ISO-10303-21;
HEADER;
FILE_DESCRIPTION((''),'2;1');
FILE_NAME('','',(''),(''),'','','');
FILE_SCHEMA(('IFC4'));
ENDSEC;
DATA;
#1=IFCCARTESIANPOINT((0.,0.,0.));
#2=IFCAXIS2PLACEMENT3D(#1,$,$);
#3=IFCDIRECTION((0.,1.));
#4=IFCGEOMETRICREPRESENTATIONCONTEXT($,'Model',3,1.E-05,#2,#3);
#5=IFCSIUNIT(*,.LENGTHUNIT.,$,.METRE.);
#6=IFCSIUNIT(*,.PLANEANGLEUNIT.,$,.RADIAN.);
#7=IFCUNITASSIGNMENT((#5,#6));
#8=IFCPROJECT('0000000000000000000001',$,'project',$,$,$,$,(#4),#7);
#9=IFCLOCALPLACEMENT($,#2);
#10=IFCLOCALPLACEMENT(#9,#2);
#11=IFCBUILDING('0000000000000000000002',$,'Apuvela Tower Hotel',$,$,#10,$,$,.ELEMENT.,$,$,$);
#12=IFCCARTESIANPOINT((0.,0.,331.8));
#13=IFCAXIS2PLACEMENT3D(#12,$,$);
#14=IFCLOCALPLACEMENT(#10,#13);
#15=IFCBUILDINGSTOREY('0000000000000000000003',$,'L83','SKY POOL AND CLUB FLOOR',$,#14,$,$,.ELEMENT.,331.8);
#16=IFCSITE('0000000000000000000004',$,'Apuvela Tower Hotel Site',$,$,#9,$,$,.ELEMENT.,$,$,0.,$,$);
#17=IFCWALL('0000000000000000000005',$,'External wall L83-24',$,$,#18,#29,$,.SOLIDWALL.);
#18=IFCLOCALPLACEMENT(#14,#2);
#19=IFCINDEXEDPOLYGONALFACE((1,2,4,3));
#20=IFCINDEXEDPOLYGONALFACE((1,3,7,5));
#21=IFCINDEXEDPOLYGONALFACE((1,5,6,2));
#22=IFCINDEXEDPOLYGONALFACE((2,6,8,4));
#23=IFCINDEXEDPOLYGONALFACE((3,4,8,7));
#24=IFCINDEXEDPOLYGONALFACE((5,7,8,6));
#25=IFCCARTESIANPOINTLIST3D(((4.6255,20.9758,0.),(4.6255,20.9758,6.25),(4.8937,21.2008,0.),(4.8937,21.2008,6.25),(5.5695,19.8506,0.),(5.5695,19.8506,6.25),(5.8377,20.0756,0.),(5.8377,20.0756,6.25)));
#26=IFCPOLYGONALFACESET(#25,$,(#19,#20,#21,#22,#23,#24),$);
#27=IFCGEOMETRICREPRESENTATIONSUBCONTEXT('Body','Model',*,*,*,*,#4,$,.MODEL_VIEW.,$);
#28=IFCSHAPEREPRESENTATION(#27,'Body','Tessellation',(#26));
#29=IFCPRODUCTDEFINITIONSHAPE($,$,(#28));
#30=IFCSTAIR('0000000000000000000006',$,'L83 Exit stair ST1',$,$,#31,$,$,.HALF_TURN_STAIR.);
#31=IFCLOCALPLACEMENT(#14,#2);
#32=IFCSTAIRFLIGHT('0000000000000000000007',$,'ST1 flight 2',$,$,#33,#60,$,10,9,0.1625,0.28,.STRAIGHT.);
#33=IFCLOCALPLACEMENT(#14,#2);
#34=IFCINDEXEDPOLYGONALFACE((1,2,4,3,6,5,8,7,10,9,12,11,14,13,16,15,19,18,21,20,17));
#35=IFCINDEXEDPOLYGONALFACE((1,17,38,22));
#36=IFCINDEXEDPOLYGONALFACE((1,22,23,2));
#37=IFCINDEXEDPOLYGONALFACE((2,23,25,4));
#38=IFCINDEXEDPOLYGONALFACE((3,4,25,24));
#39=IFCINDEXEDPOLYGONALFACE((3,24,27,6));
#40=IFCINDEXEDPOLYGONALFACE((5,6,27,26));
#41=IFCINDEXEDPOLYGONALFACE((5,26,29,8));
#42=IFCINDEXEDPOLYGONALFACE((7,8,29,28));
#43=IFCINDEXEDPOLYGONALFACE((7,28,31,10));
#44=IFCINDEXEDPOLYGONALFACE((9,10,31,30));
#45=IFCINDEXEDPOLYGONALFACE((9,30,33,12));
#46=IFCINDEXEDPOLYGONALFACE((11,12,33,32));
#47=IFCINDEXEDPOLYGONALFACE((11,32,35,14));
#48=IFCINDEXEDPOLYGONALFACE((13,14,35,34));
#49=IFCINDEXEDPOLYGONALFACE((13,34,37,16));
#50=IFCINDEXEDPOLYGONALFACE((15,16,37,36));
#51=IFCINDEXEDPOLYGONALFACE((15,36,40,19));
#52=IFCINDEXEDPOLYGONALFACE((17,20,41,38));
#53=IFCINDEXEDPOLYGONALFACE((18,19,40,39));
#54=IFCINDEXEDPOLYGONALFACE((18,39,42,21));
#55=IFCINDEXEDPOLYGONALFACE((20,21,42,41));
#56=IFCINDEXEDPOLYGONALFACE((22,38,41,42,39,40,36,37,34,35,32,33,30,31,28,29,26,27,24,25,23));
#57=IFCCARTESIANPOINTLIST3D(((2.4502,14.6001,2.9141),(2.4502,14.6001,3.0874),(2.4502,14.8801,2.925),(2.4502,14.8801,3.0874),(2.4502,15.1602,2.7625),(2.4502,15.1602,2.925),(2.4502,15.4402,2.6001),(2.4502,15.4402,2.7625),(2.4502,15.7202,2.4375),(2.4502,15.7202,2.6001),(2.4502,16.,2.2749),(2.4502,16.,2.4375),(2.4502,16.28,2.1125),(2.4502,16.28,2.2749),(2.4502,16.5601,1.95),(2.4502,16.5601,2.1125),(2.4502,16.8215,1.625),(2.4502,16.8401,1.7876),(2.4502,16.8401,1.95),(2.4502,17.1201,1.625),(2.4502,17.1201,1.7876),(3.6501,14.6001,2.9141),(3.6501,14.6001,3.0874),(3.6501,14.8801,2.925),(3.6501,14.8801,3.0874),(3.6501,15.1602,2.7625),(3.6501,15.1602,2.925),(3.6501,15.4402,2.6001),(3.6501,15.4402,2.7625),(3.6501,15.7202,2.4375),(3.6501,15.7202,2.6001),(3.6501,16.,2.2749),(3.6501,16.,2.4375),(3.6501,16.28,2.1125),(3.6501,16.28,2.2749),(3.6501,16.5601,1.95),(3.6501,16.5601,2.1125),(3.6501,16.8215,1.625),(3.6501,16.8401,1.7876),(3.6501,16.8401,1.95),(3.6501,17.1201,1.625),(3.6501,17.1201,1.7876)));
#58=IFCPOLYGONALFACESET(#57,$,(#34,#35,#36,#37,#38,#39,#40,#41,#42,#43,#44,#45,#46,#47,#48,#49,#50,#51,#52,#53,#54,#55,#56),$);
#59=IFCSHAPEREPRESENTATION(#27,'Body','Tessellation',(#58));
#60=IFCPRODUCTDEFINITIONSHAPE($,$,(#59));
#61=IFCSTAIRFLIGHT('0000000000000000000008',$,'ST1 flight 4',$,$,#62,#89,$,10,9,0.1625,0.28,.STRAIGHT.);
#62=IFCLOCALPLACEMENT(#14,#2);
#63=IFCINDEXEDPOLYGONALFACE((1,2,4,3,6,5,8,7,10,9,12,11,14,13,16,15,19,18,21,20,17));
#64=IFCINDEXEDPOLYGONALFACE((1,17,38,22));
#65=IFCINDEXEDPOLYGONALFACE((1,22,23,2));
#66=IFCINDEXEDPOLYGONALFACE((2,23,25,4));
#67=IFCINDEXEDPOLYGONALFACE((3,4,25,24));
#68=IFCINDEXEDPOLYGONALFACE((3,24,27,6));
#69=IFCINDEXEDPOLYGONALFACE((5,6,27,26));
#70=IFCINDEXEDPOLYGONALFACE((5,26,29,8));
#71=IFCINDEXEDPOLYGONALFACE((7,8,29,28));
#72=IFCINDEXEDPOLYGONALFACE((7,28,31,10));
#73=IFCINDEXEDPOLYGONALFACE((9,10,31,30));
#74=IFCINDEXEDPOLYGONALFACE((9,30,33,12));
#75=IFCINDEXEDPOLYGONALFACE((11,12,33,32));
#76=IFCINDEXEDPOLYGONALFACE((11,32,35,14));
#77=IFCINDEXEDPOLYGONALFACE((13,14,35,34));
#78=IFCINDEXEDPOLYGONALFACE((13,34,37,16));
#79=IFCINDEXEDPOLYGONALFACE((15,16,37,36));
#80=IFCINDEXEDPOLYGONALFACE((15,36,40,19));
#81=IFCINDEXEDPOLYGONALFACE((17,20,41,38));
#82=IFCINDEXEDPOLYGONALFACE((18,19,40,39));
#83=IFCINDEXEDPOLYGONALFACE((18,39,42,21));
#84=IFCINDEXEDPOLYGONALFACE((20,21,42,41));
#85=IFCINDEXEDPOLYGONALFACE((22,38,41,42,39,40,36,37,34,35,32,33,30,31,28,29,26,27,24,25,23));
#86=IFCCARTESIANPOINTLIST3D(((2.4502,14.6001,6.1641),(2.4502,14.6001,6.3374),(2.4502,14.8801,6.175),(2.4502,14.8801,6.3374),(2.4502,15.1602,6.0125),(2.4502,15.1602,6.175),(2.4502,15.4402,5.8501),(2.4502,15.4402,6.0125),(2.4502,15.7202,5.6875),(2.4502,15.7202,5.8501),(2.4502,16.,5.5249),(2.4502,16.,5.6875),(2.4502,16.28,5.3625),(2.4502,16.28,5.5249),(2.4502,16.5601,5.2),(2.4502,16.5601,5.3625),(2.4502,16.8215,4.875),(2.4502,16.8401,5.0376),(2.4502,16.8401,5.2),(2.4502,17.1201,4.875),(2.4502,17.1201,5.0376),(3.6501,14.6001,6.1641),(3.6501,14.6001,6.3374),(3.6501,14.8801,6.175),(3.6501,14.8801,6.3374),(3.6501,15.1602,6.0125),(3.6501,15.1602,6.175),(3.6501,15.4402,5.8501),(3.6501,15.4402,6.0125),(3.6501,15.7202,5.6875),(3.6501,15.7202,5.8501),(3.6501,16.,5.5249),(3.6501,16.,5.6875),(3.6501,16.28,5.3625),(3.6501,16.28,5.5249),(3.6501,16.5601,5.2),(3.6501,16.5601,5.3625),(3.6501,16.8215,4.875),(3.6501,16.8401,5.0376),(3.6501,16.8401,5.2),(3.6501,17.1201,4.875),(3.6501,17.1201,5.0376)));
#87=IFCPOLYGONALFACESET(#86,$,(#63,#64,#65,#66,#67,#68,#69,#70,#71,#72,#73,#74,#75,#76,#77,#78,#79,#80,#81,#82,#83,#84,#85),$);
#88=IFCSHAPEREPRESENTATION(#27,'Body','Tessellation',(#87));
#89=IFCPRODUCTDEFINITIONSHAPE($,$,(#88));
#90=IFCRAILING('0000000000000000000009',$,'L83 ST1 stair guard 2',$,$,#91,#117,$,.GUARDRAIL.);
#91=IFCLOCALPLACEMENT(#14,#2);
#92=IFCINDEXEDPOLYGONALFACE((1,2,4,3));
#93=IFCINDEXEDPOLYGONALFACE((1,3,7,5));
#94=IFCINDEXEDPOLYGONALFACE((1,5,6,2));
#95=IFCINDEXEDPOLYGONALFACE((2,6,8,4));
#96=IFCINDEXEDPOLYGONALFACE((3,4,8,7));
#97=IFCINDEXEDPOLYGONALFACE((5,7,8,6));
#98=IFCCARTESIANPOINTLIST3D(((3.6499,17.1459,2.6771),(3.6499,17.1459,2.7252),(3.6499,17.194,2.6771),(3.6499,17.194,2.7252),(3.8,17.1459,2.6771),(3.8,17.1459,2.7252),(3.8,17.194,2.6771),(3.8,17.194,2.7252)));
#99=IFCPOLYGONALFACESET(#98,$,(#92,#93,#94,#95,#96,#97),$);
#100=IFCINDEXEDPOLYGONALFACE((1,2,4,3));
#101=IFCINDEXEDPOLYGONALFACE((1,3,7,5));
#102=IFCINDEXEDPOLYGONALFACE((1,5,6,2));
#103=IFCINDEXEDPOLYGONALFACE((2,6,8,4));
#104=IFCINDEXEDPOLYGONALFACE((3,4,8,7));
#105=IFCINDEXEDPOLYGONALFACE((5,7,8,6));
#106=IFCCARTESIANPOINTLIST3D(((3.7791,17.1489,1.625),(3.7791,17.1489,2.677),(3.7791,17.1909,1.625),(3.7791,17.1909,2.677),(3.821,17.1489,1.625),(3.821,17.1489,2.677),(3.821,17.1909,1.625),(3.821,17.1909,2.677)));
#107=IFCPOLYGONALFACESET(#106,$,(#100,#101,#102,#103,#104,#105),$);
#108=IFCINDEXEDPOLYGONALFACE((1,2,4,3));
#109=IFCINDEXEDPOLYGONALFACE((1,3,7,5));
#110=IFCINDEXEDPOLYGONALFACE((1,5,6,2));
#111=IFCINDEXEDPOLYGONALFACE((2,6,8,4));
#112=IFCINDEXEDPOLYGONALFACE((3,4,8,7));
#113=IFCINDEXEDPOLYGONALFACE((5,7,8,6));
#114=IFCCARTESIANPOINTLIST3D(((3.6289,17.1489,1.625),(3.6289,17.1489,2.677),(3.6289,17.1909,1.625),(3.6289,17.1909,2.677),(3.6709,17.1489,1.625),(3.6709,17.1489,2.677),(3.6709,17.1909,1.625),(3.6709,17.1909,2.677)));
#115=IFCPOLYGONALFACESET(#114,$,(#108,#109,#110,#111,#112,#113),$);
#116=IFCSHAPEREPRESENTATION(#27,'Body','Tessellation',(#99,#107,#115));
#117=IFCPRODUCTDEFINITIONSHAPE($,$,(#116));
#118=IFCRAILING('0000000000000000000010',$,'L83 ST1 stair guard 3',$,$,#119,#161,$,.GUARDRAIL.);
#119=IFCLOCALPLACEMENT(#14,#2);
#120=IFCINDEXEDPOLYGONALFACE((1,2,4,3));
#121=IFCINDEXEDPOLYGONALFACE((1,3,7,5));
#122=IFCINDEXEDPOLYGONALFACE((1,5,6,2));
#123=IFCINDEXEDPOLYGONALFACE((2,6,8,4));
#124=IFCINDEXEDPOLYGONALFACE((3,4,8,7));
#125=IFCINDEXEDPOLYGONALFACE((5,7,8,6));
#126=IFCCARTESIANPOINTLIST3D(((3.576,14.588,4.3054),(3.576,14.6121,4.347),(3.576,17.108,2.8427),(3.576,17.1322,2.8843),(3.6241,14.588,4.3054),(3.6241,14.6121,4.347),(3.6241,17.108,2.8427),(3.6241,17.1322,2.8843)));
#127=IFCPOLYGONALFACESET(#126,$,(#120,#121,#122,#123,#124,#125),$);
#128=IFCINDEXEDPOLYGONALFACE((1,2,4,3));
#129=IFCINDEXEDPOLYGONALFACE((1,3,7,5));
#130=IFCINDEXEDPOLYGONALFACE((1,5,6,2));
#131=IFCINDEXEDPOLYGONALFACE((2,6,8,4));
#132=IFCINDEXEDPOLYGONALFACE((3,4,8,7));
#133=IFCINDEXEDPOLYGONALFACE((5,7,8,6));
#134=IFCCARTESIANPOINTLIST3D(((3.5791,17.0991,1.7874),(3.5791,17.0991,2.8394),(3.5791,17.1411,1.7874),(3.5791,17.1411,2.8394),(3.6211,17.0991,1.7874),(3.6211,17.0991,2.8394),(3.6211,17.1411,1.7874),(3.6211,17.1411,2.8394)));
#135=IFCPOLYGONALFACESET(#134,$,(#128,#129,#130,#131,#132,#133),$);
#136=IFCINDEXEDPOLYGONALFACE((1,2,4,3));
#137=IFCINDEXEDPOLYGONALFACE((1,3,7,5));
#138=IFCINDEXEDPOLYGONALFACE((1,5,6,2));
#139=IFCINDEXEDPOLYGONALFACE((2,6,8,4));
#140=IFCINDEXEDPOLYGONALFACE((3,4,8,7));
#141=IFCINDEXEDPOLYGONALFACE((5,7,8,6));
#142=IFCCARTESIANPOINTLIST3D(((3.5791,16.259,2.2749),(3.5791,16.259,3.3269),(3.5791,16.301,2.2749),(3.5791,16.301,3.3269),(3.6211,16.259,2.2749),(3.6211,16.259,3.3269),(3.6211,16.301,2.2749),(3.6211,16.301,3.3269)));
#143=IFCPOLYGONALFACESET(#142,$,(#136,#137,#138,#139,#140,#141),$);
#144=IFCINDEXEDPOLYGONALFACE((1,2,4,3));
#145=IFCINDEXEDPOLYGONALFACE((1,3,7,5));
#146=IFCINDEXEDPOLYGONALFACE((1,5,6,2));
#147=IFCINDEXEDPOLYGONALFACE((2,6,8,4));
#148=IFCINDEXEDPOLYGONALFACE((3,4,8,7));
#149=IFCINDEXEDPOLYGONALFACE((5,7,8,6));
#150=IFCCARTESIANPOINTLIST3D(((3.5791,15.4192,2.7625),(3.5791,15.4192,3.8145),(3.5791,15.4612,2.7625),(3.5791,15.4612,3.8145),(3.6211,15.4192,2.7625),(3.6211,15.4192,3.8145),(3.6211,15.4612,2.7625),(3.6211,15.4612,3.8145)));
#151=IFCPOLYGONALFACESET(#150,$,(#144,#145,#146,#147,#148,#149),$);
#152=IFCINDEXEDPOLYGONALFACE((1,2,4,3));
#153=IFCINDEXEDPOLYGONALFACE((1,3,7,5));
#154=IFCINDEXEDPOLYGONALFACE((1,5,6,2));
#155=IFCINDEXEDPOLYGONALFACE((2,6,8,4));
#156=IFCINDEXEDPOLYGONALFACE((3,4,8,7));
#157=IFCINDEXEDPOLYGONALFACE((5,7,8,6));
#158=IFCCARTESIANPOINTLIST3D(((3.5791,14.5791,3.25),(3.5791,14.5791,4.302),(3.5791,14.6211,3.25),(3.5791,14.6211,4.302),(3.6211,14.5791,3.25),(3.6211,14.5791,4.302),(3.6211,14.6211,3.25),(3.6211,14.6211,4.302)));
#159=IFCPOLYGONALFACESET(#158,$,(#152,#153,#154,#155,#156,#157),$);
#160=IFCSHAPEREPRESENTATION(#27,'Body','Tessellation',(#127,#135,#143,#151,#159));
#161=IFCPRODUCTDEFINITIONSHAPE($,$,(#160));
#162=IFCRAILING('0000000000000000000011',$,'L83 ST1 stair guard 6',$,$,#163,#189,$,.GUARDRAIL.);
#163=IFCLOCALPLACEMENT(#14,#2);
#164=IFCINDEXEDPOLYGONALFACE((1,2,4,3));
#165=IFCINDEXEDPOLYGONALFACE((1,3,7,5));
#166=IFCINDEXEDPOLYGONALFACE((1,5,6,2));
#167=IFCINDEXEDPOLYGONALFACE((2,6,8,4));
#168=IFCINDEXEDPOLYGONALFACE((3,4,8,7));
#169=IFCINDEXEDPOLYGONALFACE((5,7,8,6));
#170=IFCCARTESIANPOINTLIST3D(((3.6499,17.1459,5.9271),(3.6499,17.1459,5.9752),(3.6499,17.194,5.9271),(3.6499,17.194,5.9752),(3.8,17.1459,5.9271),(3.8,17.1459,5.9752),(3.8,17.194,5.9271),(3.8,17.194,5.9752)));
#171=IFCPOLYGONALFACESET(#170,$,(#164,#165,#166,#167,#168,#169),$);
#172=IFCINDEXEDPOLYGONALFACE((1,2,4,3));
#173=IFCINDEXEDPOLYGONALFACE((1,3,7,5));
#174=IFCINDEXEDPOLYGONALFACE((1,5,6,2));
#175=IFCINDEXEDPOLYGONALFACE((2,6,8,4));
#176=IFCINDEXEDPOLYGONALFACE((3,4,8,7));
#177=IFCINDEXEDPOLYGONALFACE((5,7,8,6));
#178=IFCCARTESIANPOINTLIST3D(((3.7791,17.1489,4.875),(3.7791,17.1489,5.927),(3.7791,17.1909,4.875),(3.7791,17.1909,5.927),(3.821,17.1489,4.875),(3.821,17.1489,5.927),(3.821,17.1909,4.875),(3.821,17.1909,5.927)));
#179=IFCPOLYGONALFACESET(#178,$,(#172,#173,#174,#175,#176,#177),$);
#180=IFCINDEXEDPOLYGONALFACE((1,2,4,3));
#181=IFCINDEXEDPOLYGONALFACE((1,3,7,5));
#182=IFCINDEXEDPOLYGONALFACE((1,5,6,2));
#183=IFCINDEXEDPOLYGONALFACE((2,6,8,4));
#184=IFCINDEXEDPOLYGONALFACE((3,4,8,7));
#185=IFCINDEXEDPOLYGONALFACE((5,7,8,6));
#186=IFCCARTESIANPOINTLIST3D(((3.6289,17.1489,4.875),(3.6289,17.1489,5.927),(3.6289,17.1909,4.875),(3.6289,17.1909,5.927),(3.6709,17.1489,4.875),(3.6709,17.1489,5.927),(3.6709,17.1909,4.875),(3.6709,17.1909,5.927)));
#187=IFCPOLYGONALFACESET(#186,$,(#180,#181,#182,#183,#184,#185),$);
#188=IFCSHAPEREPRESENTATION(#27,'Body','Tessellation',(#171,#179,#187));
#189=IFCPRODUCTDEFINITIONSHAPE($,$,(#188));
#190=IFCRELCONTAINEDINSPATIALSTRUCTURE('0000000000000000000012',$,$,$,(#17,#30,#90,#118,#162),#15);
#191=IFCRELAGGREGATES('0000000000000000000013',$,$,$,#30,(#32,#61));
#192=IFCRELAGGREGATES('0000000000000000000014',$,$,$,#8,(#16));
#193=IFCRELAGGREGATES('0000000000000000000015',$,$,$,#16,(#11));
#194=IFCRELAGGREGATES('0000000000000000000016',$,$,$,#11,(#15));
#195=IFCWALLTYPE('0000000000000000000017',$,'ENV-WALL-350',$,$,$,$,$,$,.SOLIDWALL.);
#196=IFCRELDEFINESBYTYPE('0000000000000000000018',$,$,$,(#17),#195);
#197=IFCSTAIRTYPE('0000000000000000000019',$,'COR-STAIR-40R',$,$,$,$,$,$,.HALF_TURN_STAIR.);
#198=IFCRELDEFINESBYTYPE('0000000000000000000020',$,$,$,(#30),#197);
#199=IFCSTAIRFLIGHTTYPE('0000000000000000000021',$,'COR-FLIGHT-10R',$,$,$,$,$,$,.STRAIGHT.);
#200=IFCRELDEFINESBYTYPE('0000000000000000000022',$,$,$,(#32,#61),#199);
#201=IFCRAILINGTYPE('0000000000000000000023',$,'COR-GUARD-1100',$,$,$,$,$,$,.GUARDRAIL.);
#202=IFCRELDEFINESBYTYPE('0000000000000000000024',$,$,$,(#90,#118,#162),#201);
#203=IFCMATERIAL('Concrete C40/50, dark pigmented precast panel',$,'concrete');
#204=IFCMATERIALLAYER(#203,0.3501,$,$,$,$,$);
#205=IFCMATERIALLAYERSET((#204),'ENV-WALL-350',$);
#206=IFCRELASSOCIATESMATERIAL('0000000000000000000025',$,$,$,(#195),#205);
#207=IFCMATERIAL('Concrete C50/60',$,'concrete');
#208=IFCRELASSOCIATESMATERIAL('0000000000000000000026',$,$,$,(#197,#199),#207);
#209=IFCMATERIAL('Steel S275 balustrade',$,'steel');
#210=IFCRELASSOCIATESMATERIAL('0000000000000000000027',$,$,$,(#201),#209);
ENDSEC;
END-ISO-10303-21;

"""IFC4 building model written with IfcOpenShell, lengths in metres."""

from ifc_helpers import new_model, si_unit, direction, frame, frame_2d, origin, origin_2d, place, context, subcontext, project, spatial, polyline, rectangle, outline, extrude, material, layer, layer_set, type_object, element, aggregate, save


model = new_model("IFC4")

# Units and contexts
model_context = context("Model", 3, precision=1e-05, world=origin(), true_north=direction((0.0, 1.0)))
body_context = subcontext(model_context, "Body", "Model", "MODEL_VIEW")
ifc_project = project(units=[si_unit("LENGTHUNIT", "METRE"), si_unit("PLANEANGLEUNIT", "RADIAN")], contexts=[model_context])

# Site, building, storey
site_placement = place(None, origin())
site = spatial("IfcSite", under=ifc_project, at=site_placement, Name="Apuvela Tower Hotel Site", CompositionType="ELEMENT", RefElevation=0.0)
building_placement = place(site_placement, origin())
building = spatial("IfcBuilding", under=site, at=building_placement, Name="Apuvela Tower Hotel", CompositionType="ELEMENT")
storey_placement = place(building_placement, frame((0.0, 0.0, 331.8)))
storey = spatial("IfcBuildingStorey", under=building, at=storey_placement, Name="L83", Description="SKY POOL AND CLUB FLOOR", CompositionType="ELEMENT", Elevation=331.8)

# Wall
ifc_material_1 = material(Name="Concrete C50/60", Category="concrete")
ifc_material_2 = material(Name="Concrete C40/50, dark pigmented precast panel", Category="concrete")
ifc_layer_1 = layer(ifc_material_2, 0.3501)
ifc_layer_set_1 = layer_set([ifc_layer_1], Name="ENV-WALL-350")
wall_type_1 = type_object("IfcWallType", Name="ENV-WALL-350", PredefinedType="SOLIDWALL", material=ifc_layer_set_1)
wall_1_placement = place(storey_placement, frame((5.7036, 19.9631, 0.0), z_axis=(0.0, 0.0, 1.0), x_axis=(-0.642748, 0.766078, 0.0)))
element("IfcWall", 1, at=wall_1_placement, inside=storey, type_object=wall_type_1, Name="External wall L83-24", PredefinedType="SOLIDWALL", context=body_context, shape_type="SweptSolid", body=[
    extrude(rectangle(XDim=1.4688, YDim=0.3501, at=frame_2d((0.7344, 0.0))), origin(), (0.0, 0.0, 1.0), 6.25),
])

# Stair, stair flights
stair_type = type_object("IfcStairType", Name="COR-STAIR-40R", PredefinedType="HALF_TURN_STAIR", material=ifc_material_1)
stair_placement = place(storey_placement, origin())
stair = element("IfcStair", 2, at=stair_placement, inside=storey, type_object=stair_type, Name="L83 Exit stair ST1", PredefinedType="HALF_TURN_STAIR")
stair_flight_type = type_object("IfcStairFlightType", Name="COR-FLIGHT-10R", PredefinedType="STRAIGHT", material=ifc_material_1)
stair_flight_1_placement = place(storey_placement, frame((3.05, 17.1201, 1.625), z_axis=(0.0, 0.0, 1.0), x_axis=(0.0, -1.0, 0.0)))
stair_flight_1 = element("IfcStairFlight", 3, at=stair_flight_1_placement, type_object=stair_flight_type, Name="ST1 flight 2", NumberOfRisers=10, NumberOfTreads=9, PredefinedType="STRAIGHT", RiserHeight=0.1625, TreadLength=0.28, context=body_context, shape_type="SweptSolid", body=[
    extrude(outline(polyline([(0.0, 0.0), (0.0, 0.1626), (0.28, 0.1626), (0.28, 0.325), (0.5601, 0.325), (0.5601, 0.4875), (0.8401, 0.4875), (0.8401, 0.6499), (1.1201, 0.6499), (1.1201, 0.8125), (1.3999, 0.8125), (1.3999, 0.9751), (1.6799, 0.9751), (1.6799, 1.1375), (1.96, 1.1375), (1.96, 1.3), (2.24, 1.3), (2.24, 1.4624), (2.52, 1.4624), (2.52, 1.625), (2.52, 1.2891), (0.2986, 0.0), (0.0, 0.0)])), frame((0.0, 0.6001, 0.0), z_axis=(0.0, -1.0, 0.0), x_axis=(1.0, 0.0, 0.0)), (0.0, 0.0, 1.0), 1.2),
])
stair_flight_2_placement = place(storey_placement, frame((3.05, 17.1201, 4.875), z_axis=(0.0, 0.0, 1.0), x_axis=(0.0, -1.0, 0.0)))
stair_flight_2 = element("IfcStairFlight", 4, at=stair_flight_2_placement, type_object=stair_flight_type, Name="ST1 flight 4", NumberOfRisers=10, NumberOfTreads=9, PredefinedType="STRAIGHT", RiserHeight=0.1625, TreadLength=0.28, context=body_context, shape_type="SweptSolid", body=[
    extrude(outline(polyline([(0.0, 0.0), (0.0, 0.1626), (0.28, 0.1626), (0.28, 0.325), (0.5601, 0.325), (0.5601, 0.4875), (0.8401, 0.4875), (0.8401, 0.6499), (1.1201, 0.6499), (1.1201, 0.8125), (1.3999, 0.8125), (1.3999, 0.9751), (1.6799, 0.9751), (1.6799, 1.1375), (1.96, 1.1375), (1.96, 1.3), (2.24, 1.3), (2.24, 1.4624), (2.52, 1.4624), (2.52, 1.625), (2.52, 1.2891), (0.2986, 0.0), (0.0, 0.0)])), frame((0.0, 0.6001, 0.0), z_axis=(0.0, -1.0, 0.0), x_axis=(1.0, 0.0, 0.0)), (0.0, 0.0, 1.0), 1.2),
])
aggregate(stair, [stair_flight_1, stair_flight_2])

# Railings
ifc_material_3 = material(Name="Steel S275 balustrade", Category="steel")
railing_type_1 = type_object("IfcRailingType", Name="COR-GUARD-1100", PredefinedType="GUARDRAIL", material=ifc_material_3)
railing_1_placement = place(storey_placement, frame((3.8, 17.1699, 1.625)))
element("IfcRailing", 5, at=railing_1_placement, inside=storey, type_object=railing_type_1, Name="L83 ST1 stair guard 2", PredefinedType="GUARDRAIL", context=body_context, shape_type="SweptSolid", body=[
    extrude(rectangle(XDim=0.0481, YDim=0.0481, at=origin_2d()), frame((0.0, 0.0, 1.0762), z_axis=(-1.0, 0.0, 0.0), x_axis=(0.0, -1.0, 0.0)), (0.0, 0.0, 1.0), 0.1501),
    extrude(rectangle(XDim=0.042, YDim=0.042, at=origin_2d()), origin(), (0.0, 0.0, 1.0), 1.052),
    extrude(rectangle(XDim=0.042, YDim=0.042, at=origin_2d()), frame((-0.1501, 0.0, 0.0)), (0.0, 0.0, 1.0), 1.052),
])
railing_2_placement = place(storey_placement, frame((3.6001, 17.1201, 1.7874)))
element("IfcRailing", 6, at=railing_2_placement, inside=storey, type_object=railing_type_1, Name="L83 ST1 stair guard 3", PredefinedType="GUARDRAIL", context=body_context, shape_type="SweptSolid", body=[
    extrude(rectangle(XDim=0.0481, YDim=0.0481, at=origin_2d()), frame((0.0, 0.0, 1.0762), z_axis=(0.0, -0.864877, 0.501984), x_axis=(1.0, 0.0, 0.0)), (0.0, 0.0, 1.0), 2.9138),
    extrude(rectangle(XDim=0.042, YDim=0.042, at=origin_2d()), origin(), (0.0, 0.0, 1.0), 1.052),
    extrude(rectangle(XDim=0.042, YDim=0.042, at=origin_2d()), frame((0.0, -0.8401, 0.4875)), (0.0, 0.0, 1.0), 1.052),
    extrude(rectangle(XDim=0.042, YDim=0.042, at=origin_2d()), frame((0.0, -1.6799, 0.9751)), (0.0, 0.0, 1.0), 1.052),
    extrude(rectangle(XDim=0.042, YDim=0.042, at=origin_2d()), frame((0.0, -2.52, 1.4626)), (0.0, 0.0, 1.0), 1.052),
])
railing_3_placement = place(storey_placement, frame((3.8, 17.1699, 4.875)))
element("IfcRailing", 7, at=railing_3_placement, inside=storey, type_object=railing_type_1, Name="L83 ST1 stair guard 6", PredefinedType="GUARDRAIL", context=body_context, shape_type="SweptSolid", body=[
    extrude(rectangle(XDim=0.0481, YDim=0.0481, at=origin_2d()), frame((0.0, 0.0, 1.0762), z_axis=(-1.0, 0.0, 0.0), x_axis=(0.0, -1.0, 0.0)), (0.0, 0.0, 1.0), 0.1501),
    extrude(rectangle(XDim=0.042, YDim=0.042, at=origin_2d()), origin(), (0.0, 0.0, 1.0), 1.052),
    extrude(rectangle(XDim=0.042, YDim=0.042, at=origin_2d()), frame((-0.1501, 0.0, 0.0)), (0.0, 0.0, 1.0), 1.052),
])

save(model, "model.ifc")
